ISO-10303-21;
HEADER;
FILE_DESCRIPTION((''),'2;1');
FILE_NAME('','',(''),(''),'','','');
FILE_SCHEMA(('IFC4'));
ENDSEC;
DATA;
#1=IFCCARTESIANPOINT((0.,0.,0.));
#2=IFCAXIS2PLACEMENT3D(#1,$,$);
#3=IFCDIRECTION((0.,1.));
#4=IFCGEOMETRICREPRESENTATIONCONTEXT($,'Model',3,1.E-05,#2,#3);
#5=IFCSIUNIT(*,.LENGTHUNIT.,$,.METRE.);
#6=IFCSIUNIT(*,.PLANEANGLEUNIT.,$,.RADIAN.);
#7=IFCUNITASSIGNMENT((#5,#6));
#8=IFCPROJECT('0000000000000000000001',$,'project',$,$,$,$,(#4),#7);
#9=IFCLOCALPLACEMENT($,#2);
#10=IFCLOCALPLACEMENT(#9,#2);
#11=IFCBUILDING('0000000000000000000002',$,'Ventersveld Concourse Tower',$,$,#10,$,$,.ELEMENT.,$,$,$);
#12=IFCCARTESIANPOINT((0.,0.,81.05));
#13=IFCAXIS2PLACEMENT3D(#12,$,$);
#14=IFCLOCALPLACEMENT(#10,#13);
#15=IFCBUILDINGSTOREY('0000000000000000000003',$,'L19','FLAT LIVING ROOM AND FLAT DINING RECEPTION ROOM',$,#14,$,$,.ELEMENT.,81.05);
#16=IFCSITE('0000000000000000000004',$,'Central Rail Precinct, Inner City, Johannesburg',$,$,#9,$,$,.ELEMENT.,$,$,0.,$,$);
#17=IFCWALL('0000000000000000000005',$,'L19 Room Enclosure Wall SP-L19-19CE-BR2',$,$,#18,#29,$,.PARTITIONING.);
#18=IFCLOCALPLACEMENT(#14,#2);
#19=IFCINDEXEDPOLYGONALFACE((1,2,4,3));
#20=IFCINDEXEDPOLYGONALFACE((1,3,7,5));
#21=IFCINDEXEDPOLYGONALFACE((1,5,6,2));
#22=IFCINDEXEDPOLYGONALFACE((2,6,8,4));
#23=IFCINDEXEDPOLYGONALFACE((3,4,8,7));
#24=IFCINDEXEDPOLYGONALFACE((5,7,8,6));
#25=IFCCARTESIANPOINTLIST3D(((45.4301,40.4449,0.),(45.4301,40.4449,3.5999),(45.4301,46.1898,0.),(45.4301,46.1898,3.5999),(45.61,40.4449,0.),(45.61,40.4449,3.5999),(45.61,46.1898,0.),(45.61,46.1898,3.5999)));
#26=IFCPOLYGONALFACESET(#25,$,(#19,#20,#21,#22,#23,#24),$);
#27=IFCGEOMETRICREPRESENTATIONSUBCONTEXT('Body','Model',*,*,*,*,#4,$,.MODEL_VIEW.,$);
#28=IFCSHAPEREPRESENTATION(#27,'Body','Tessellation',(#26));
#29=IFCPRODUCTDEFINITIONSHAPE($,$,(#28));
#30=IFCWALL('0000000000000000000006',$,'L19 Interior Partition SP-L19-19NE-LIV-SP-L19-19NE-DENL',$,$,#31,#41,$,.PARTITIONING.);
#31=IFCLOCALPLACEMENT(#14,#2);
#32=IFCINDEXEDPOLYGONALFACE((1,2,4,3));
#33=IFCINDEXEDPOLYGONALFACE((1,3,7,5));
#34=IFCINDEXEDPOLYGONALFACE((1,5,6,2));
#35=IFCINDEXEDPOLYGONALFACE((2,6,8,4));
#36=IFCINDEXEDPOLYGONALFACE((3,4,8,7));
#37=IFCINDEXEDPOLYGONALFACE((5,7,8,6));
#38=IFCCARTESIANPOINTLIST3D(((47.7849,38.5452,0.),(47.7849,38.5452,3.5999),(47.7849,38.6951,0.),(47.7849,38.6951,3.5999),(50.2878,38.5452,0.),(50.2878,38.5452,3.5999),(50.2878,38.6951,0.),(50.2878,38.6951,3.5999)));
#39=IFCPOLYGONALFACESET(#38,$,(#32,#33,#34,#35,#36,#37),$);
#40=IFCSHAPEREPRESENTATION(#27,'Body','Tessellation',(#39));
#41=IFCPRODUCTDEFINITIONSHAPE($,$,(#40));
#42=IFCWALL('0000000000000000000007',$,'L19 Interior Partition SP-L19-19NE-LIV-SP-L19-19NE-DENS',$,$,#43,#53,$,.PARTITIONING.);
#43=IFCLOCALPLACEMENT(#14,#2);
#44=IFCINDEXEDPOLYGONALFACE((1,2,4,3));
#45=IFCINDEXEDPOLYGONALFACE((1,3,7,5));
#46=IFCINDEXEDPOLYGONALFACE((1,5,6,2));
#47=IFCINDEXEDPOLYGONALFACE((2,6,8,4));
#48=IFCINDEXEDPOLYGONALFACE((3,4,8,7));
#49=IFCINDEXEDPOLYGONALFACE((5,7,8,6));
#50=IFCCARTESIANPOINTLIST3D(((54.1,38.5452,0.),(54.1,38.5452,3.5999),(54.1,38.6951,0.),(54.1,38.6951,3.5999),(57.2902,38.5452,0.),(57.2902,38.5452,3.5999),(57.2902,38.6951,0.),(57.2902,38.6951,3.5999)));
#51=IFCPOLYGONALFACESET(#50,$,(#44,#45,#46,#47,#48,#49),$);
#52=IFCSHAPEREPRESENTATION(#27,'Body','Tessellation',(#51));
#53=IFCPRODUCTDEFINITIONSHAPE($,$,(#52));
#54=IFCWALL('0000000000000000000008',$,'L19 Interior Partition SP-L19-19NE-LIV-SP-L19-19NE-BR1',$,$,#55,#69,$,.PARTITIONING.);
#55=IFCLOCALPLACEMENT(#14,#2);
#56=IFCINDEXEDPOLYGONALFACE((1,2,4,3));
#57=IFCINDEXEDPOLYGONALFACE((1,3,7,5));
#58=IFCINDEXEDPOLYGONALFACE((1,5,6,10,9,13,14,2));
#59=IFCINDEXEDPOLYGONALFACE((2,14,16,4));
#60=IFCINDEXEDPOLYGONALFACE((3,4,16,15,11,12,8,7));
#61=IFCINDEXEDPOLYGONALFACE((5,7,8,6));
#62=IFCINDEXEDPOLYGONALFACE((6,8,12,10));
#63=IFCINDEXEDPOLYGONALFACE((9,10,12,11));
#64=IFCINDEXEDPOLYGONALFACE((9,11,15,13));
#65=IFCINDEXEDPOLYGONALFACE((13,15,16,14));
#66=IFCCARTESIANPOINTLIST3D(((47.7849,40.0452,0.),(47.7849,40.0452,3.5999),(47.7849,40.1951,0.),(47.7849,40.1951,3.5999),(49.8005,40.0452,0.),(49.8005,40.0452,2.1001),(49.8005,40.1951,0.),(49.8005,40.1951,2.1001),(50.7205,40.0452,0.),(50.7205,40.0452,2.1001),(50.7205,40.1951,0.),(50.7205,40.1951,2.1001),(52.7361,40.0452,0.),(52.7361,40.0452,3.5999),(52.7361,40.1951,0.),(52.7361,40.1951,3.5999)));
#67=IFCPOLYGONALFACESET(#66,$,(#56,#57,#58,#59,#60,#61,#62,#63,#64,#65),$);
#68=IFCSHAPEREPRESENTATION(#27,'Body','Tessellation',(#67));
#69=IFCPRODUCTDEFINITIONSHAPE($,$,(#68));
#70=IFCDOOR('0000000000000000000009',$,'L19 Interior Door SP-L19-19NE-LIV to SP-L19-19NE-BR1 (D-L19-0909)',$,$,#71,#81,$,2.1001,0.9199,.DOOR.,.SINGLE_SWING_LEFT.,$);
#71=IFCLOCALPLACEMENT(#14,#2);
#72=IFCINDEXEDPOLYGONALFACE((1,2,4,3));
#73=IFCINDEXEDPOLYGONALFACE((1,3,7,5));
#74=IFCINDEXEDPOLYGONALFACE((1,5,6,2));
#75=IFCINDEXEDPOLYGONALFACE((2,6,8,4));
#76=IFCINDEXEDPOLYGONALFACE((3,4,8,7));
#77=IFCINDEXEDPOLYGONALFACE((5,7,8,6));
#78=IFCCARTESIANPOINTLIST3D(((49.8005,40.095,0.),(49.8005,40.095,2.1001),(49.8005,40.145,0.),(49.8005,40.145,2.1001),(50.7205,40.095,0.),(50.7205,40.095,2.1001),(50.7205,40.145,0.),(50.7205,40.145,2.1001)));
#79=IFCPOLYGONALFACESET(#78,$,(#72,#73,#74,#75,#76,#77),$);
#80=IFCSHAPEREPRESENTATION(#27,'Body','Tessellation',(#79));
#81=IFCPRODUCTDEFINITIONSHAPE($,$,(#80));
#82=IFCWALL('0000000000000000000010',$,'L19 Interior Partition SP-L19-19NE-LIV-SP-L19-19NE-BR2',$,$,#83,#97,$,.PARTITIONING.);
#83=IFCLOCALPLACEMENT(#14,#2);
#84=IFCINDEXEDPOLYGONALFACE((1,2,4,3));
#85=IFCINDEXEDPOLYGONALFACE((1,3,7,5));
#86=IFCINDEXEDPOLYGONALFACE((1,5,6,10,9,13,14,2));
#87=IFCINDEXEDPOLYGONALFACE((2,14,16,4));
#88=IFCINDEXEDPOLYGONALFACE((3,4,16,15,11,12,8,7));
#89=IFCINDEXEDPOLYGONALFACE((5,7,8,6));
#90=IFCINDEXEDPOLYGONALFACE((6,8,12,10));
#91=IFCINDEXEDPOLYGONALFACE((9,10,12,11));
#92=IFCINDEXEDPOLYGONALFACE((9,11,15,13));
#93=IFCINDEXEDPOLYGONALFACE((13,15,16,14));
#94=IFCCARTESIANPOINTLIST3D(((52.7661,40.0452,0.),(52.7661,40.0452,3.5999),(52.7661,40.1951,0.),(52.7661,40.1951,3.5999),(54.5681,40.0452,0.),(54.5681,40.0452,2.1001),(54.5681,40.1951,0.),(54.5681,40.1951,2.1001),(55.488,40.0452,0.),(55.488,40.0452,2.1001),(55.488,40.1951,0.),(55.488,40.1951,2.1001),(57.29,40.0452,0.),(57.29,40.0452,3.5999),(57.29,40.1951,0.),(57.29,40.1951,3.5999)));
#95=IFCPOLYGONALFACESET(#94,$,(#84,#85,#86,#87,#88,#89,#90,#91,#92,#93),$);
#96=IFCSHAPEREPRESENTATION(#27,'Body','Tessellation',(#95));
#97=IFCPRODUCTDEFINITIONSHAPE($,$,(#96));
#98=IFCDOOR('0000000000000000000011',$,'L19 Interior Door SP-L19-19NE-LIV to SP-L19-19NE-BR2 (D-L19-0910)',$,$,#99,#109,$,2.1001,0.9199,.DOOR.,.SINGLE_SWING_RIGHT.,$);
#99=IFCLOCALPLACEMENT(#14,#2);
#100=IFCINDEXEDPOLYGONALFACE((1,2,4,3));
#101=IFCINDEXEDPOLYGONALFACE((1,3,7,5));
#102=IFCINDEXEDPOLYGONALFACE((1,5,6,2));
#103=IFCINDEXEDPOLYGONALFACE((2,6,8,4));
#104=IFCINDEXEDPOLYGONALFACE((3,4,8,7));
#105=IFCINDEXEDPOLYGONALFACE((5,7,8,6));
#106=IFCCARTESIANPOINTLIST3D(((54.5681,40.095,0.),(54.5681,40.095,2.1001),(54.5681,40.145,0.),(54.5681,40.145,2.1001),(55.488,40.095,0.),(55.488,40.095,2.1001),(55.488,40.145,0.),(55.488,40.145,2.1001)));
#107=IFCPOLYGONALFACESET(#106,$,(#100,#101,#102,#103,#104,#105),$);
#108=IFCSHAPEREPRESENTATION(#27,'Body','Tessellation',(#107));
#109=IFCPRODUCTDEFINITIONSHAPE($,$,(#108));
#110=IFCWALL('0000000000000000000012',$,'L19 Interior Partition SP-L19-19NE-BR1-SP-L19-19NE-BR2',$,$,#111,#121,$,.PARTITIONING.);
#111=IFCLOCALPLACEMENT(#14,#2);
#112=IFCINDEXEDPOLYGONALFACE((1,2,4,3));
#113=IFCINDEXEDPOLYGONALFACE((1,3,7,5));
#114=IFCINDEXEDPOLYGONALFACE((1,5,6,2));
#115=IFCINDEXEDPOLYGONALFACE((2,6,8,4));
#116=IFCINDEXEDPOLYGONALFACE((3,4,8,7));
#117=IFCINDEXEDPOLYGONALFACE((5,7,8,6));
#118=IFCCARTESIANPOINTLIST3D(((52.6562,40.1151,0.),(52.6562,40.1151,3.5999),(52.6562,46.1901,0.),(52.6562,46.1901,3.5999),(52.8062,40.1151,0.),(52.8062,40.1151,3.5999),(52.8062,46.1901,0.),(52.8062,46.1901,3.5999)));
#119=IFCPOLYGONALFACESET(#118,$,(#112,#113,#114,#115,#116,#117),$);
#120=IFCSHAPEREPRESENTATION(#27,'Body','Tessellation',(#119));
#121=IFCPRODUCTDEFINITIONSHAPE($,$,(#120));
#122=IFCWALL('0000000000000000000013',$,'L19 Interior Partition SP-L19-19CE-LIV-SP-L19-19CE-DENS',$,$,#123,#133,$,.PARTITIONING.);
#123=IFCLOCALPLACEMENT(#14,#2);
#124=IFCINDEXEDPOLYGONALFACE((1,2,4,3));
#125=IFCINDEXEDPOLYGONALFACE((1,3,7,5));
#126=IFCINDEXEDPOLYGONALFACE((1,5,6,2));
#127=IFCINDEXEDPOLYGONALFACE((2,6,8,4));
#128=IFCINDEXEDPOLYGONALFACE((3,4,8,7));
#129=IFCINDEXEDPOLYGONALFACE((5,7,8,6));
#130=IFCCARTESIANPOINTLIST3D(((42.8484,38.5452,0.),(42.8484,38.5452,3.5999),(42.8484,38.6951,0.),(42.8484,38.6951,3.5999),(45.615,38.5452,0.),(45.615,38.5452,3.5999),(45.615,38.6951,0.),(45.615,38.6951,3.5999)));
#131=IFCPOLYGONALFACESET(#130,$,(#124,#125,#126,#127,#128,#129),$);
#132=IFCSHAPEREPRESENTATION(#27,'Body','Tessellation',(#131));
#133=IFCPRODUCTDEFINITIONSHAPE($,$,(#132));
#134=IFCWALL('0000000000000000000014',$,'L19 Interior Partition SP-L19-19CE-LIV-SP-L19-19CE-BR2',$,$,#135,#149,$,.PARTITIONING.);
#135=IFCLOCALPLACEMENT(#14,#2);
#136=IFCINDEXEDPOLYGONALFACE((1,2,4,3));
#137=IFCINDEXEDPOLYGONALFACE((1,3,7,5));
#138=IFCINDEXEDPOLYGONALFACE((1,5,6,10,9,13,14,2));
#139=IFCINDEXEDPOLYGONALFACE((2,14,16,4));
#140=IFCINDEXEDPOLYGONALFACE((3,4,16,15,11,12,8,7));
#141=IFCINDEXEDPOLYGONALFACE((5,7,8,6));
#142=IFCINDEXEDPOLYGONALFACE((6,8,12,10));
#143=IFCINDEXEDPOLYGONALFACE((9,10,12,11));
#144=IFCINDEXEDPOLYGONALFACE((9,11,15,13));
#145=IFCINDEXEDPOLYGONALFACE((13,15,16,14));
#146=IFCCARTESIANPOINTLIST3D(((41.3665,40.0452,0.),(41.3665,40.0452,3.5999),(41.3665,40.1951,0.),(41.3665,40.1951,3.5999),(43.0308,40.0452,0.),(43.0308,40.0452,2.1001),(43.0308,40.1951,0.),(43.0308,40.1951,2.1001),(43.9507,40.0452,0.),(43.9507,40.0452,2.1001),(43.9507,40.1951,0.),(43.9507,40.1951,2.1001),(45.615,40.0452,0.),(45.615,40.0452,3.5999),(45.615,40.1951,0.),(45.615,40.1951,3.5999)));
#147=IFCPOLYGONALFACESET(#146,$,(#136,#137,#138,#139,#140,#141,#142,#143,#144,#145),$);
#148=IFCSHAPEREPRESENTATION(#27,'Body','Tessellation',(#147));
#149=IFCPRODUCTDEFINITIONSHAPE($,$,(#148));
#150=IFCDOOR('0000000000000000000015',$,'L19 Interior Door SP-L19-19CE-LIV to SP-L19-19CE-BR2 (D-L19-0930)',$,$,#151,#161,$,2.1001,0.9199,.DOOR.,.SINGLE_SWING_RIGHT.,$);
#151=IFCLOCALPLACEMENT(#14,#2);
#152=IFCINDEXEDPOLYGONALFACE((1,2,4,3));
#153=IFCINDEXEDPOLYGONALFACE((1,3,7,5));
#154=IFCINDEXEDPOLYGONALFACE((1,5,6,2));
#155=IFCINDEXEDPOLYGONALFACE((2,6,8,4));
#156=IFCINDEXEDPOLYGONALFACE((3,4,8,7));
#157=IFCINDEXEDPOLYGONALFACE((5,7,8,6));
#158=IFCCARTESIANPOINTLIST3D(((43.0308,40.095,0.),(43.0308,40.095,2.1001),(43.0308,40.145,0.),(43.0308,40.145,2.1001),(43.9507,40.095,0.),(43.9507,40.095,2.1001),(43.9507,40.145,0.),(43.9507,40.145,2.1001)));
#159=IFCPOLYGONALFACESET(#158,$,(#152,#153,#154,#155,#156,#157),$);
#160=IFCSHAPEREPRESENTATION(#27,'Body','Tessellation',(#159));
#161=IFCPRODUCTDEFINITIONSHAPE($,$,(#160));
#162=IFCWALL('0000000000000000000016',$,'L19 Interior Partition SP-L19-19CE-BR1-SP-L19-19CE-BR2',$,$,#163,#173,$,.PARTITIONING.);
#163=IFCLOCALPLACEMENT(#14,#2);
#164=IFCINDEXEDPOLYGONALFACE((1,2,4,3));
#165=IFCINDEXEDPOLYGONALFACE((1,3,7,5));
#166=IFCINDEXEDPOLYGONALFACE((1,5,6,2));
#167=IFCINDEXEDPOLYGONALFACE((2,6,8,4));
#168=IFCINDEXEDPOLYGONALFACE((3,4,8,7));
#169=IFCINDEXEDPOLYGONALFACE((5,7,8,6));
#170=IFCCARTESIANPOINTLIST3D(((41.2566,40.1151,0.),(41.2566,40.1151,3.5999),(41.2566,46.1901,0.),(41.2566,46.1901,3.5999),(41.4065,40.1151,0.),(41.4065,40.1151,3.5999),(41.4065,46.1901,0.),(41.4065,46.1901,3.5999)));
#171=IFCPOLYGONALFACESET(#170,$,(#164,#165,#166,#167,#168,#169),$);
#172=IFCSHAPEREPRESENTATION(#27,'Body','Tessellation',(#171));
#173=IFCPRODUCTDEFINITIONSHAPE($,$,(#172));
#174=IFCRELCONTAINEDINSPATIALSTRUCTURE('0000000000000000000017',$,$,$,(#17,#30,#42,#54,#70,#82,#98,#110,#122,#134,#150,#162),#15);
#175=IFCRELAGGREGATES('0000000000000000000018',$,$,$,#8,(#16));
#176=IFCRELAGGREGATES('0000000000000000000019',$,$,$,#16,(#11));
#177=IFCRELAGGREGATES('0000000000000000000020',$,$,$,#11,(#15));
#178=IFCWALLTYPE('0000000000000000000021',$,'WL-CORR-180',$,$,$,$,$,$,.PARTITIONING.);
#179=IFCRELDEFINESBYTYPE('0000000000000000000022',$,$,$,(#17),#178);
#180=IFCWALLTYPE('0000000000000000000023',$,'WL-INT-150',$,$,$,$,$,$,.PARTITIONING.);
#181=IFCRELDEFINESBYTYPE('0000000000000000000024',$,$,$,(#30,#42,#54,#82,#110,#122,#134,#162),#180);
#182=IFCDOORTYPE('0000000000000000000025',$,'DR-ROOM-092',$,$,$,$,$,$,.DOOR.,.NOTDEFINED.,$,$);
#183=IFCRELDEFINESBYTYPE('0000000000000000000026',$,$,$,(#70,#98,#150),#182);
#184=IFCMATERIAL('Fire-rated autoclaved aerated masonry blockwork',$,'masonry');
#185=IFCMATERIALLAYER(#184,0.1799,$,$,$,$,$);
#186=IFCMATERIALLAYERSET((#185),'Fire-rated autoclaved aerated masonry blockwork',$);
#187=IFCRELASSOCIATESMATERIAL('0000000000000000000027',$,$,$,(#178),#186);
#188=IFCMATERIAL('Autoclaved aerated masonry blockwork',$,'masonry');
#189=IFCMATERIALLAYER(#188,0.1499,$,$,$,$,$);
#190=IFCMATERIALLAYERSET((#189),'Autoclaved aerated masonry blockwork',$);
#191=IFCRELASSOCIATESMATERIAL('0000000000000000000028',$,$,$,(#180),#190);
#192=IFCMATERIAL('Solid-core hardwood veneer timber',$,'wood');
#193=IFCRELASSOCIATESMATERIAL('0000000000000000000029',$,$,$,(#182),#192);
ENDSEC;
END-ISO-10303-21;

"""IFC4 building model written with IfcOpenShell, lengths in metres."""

from ifc_helpers import new_model, si_unit, direction, frame, frame_2d, origin, place, context, subcontext, project, spatial, rectangle, extrude, material, layer, layer_set, type_object, element, fill, save


model = new_model("IFC4")

# Units and contexts
model_context = context("Model", 3, precision=1e-05, world=origin(), true_north=direction((0.0, 1.0)))
body_context = subcontext(model_context, "Body", "Model", "MODEL_VIEW")
ifc_project = project(units=[si_unit("LENGTHUNIT", "METRE"), si_unit("PLANEANGLEUNIT", "RADIAN")], contexts=[model_context])

# Site, building, storey
site_placement = place(None, origin())
site = spatial("IfcSite", under=ifc_project, at=site_placement, Name="Central Rail Precinct, Inner City, Johannesburg", CompositionType="ELEMENT", RefElevation=0.0)
building_placement = place(site_placement, origin())
building = spatial("IfcBuilding", under=site, at=building_placement, Name="Ventersveld Concourse Tower", CompositionType="ELEMENT")
storey_placement = place(building_placement, frame((0.0, 0.0, 81.05)))
storey = spatial("IfcBuildingStorey", under=building, at=storey_placement, Name="L19", Description="FLAT LIVING ROOM AND FLAT DINING RECEPTION ROOM", CompositionType="ELEMENT", Elevation=81.05)

# Walls
ifc_material_1 = material(Name="Fire-rated autoclaved aerated masonry blockwork", Category="masonry")
ifc_layer_1 = layer(ifc_material_1, 0.1799)
ifc_layer_set_1 = layer_set([ifc_layer_1], Name="Fire-rated autoclaved aerated masonry blockwork")
wall_type_1 = type_object("IfcWallType", Name="WL-CORR-180", PredefinedType="PARTITIONING", material=ifc_layer_set_1)
wall_1_placement = place(storey_placement, frame((45.52, 46.1899, 0.0), z_axis=(0.0, 0.0, 1.0), x_axis=(0.0, -1.0, 0.0)))
element("IfcWall", 1, at=wall_1_placement, inside=storey, type_object=wall_type_1, Name="L19 Room Enclosure Wall SP-L19-19CE-BR2", PredefinedType="PARTITIONING", context=body_context, shape_type="SweptSolid", body=[
    extrude(rectangle(XDim=5.7449, YDim=0.1799, at=frame_2d((2.8726, 0.0))), origin(), (0.0, 0.0, 1.0), 3.5999),
])
ifc_material_2 = material(Name="Autoclaved aerated masonry blockwork", Category="masonry")
ifc_layer_2 = layer(ifc_material_2, 0.1499)
ifc_layer_set_2 = layer_set([ifc_layer_2], Name="Autoclaved aerated masonry blockwork")
wall_type_2 = type_object("IfcWallType", Name="WL-INT-150", PredefinedType="PARTITIONING", material=ifc_layer_set_2)
wall_2_placement = place(storey_placement, frame((47.7849, 38.6201, 0.0), z_axis=(0.0, 0.0, 1.0), x_axis=(1.0, 0.0, 0.0)))
element("IfcWall", 2, at=wall_2_placement, inside=storey, type_object=wall_type_2, Name="L19 Interior Partition SP-L19-19NE-LIV-SP-L19-19NE-DENL", PredefinedType="PARTITIONING", context=body_context, shape_type="SweptSolid", body=[
    extrude(rectangle(XDim=2.5029, YDim=0.1499, at=frame_2d((1.2515, 0.0))), origin(), (0.0, 0.0, 1.0), 3.5999),
])
wall_3_placement = place(storey_placement, frame((54.0999, 38.6201, 0.0), z_axis=(0.0, 0.0, 1.0), x_axis=(1.0, 0.0, 0.0)))
element("IfcWall", 3, at=wall_3_placement, inside=storey, type_object=wall_type_2, Name="L19 Interior Partition SP-L19-19NE-LIV-SP-L19-19NE-DENS", PredefinedType="PARTITIONING", context=body_context, shape_type="SweptSolid", body=[
    extrude(rectangle(XDim=3.1902, YDim=0.1499, at=frame_2d((1.5952, 0.0))), origin(), (0.0, 0.0, 1.0), 3.5999),
])

# Walls, openings, doors
wall_4_placement = place(storey_placement, frame((47.7849, 40.1201, 0.0), z_axis=(0.0, 0.0, 1.0), x_axis=(1.0, 0.0, 0.0)))
wall_4 = element("IfcWall", 4, at=wall_4_placement, inside=storey, type_object=wall_type_2, Name="L19 Interior Partition SP-L19-19NE-LIV-SP-L19-19NE-BR1", PredefinedType="PARTITIONING", context=body_context, shape_type="SweptSolid", body=[
    extrude(rectangle(XDim=4.9512, YDim=0.1499, at=frame_2d((2.4756, 0.0))), origin(), (0.0, 0.0, 1.0), 3.5999),
])
opening_1_placement = place(wall_4_placement, frame((2.0156, 0.0, 0.0)))
opening_1 = element("IfcOpeningElement", 5, at=opening_1_placement, cuts=wall_4, PredefinedType="OPENING", context=body_context, shape_type="SweptSolid", body=[
    extrude(rectangle(XDim=0.9199, YDim=2.1001, at=frame_2d((0.46, 1.05))), frame((0.0, 0.085, 0.0), z_axis=(0.0, -1.0, 0.0), x_axis=(1.0, 0.0, 0.0)), (0.0, 0.0, 1.0), 0.1699),
])
ifc_material_3 = material(Name="Solid-core hardwood veneer timber", Category="wood")
door_type = type_object("IfcDoorType", Name="DR-ROOM-092", OperationType="NOTDEFINED", PredefinedType="DOOR", material=ifc_material_3)
door_1_placement = place(opening_1_placement, origin())
door_1 = element("IfcDoor", 6, at=door_1_placement, inside=storey, type_object=door_type, Name="L19 Interior Door SP-L19-19NE-LIV to SP-L19-19NE-BR1 (D-L19-0909)", OperationType="SINGLE_SWING_LEFT", OverallHeight=2.1001, OverallWidth=0.9199, PredefinedType="DOOR", context=body_context, shape_type="SweptSolid", body=[
    extrude(rectangle(XDim=0.9199, YDim=2.1001, at=frame_2d((0.46, 1.05))), frame((0.0, 0.0249, 0.0), z_axis=(0.0, -1.0, 0.0), x_axis=(1.0, 0.0, 0.0)), (0.0, 0.0, 1.0), 0.05),
])
fill(opening_1, door_1)
wall_5_placement = place(storey_placement, frame((52.7661, 40.1201, 0.0), z_axis=(0.0, 0.0, 1.0), x_axis=(1.0, 0.0, 0.0)))
wall_5 = element("IfcWall", 7, at=wall_5_placement, inside=storey, type_object=wall_type_2, Name="L19 Interior Partition SP-L19-19NE-LIV-SP-L19-19NE-BR2", PredefinedType="PARTITIONING", context=body_context, shape_type="SweptSolid", body=[
    extrude(rectangle(XDim=4.5239, YDim=0.1499, at=frame_2d((2.262, 0.0))), origin(), (0.0, 0.0, 1.0), 3.5999),
])
opening_2_placement = place(wall_5_placement, frame((1.802, 0.0, 0.0)))
opening_2 = element("IfcOpeningElement", 8, at=opening_2_placement, cuts=wall_5, PredefinedType="OPENING", context=body_context, shape_type="SweptSolid", body=[
    extrude(rectangle(XDim=0.9199, YDim=2.1001, at=frame_2d((0.46, 1.05))), frame((0.0, 0.085, 0.0), z_axis=(0.0, -1.0, 0.0), x_axis=(1.0, 0.0, 0.0)), (0.0, 0.0, 1.0), 0.1699),
])
door_2_placement = place(opening_2_placement, origin())
door_2 = element("IfcDoor", 9, at=door_2_placement, inside=storey, type_object=door_type, Name="L19 Interior Door SP-L19-19NE-LIV to SP-L19-19NE-BR2 (D-L19-0910)", OperationType="SINGLE_SWING_RIGHT", OverallHeight=2.1001, OverallWidth=0.9199, PredefinedType="DOOR", context=body_context, shape_type="SweptSolid", body=[
    extrude(rectangle(XDim=0.9199, YDim=2.1001, at=frame_2d((0.46, 1.05))), frame((0.0, 0.0249, 0.0), z_axis=(0.0, -1.0, 0.0), x_axis=(1.0, 0.0, 0.0)), (0.0, 0.0, 1.0), 0.05),
])
fill(opening_2, door_2)

# Walls
wall_6_placement = place(storey_placement, frame((52.7312, 40.115, 0.0), z_axis=(0.0, 0.0, 1.0), x_axis=(0.0, 1.0, 0.0)))
element("IfcWall", 10, at=wall_6_placement, inside=storey, type_object=wall_type_2, Name="L19 Interior Partition SP-L19-19NE-BR1-SP-L19-19NE-BR2", PredefinedType="PARTITIONING", context=body_context, shape_type="SweptSolid", body=[
    extrude(rectangle(XDim=6.075, YDim=0.1499, at=frame_2d((3.0376, 0.0))), origin(), (0.0, 0.0, 1.0), 3.5999),
])
wall_7_placement = place(storey_placement, frame((42.8484, 38.6201, 0.0), z_axis=(0.0, 0.0, 1.0), x_axis=(1.0, 0.0, 0.0)))
element("IfcWall", 11, at=wall_7_placement, inside=storey, type_object=wall_type_2, Name="L19 Interior Partition SP-L19-19CE-LIV-SP-L19-19CE-DENS", PredefinedType="PARTITIONING", context=body_context, shape_type="SweptSolid", body=[
    extrude(rectangle(XDim=2.7666, YDim=0.1499, at=frame_2d((1.3833, 0.0))), origin(), (0.0, 0.0, 1.0), 3.5999),
])

# Wall, opening, door
wall_8_placement = place(storey_placement, frame((41.3665, 40.1201, 0.0), z_axis=(0.0, 0.0, 1.0), x_axis=(1.0, 0.0, 0.0)))
wall_8 = element("IfcWall", 12, at=wall_8_placement, inside=storey, type_object=wall_type_2, Name="L19 Interior Partition SP-L19-19CE-LIV-SP-L19-19CE-BR2", PredefinedType="PARTITIONING", context=body_context, shape_type="SweptSolid", body=[
    extrude(rectangle(XDim=4.2485, YDim=0.1499, at=frame_2d((2.1243, 0.0))), origin(), (0.0, 0.0, 1.0), 3.5999),
])
opening_3_placement = place(wall_8_placement, frame((1.6643, 0.0, 0.0)))
opening_3 = element("IfcOpeningElement", 13, at=opening_3_placement, cuts=wall_8, PredefinedType="OPENING", context=body_context, shape_type="SweptSolid", body=[
    extrude(rectangle(XDim=0.9199, YDim=2.1001, at=frame_2d((0.46, 1.05))), frame((0.0, 0.085, 0.0), z_axis=(0.0, -1.0, 0.0), x_axis=(1.0, 0.0, 0.0)), (0.0, 0.0, 1.0), 0.1699),
])
door_3_placement = place(opening_3_placement, origin())
door_3 = element("IfcDoor", 14, at=door_3_placement, inside=storey, type_object=door_type, Name="L19 Interior Door SP-L19-19CE-LIV to SP-L19-19CE-BR2 (D-L19-0930)", OperationType="SINGLE_SWING_RIGHT", OverallHeight=2.1001, OverallWidth=0.9199, PredefinedType="DOOR", context=body_context, shape_type="SweptSolid", body=[
    extrude(rectangle(XDim=0.9199, YDim=2.1001, at=frame_2d((0.46, 1.05))), frame((0.0, 0.0249, 0.0), z_axis=(0.0, -1.0, 0.0), x_axis=(1.0, 0.0, 0.0)), (0.0, 0.0, 1.0), 0.05),
])
fill(opening_3, door_3)

# Wall
wall_9_placement = place(storey_placement, frame((41.3315, 40.115, 0.0), z_axis=(0.0, 0.0, 1.0), x_axis=(0.0, 1.0, 0.0)))
element("IfcWall", 15, at=wall_9_placement, inside=storey, type_object=wall_type_2, Name="L19 Interior Partition SP-L19-19CE-BR1-SP-L19-19CE-BR2", PredefinedType="PARTITIONING", context=body_context, shape_type="SweptSolid", body=[
    extrude(rectangle(XDim=6.075, YDim=0.1499, at=frame_2d((3.0376, 0.0))), origin(), (0.0, 0.0, 1.0), 3.5999),
])

save(model, "model.ifc")
